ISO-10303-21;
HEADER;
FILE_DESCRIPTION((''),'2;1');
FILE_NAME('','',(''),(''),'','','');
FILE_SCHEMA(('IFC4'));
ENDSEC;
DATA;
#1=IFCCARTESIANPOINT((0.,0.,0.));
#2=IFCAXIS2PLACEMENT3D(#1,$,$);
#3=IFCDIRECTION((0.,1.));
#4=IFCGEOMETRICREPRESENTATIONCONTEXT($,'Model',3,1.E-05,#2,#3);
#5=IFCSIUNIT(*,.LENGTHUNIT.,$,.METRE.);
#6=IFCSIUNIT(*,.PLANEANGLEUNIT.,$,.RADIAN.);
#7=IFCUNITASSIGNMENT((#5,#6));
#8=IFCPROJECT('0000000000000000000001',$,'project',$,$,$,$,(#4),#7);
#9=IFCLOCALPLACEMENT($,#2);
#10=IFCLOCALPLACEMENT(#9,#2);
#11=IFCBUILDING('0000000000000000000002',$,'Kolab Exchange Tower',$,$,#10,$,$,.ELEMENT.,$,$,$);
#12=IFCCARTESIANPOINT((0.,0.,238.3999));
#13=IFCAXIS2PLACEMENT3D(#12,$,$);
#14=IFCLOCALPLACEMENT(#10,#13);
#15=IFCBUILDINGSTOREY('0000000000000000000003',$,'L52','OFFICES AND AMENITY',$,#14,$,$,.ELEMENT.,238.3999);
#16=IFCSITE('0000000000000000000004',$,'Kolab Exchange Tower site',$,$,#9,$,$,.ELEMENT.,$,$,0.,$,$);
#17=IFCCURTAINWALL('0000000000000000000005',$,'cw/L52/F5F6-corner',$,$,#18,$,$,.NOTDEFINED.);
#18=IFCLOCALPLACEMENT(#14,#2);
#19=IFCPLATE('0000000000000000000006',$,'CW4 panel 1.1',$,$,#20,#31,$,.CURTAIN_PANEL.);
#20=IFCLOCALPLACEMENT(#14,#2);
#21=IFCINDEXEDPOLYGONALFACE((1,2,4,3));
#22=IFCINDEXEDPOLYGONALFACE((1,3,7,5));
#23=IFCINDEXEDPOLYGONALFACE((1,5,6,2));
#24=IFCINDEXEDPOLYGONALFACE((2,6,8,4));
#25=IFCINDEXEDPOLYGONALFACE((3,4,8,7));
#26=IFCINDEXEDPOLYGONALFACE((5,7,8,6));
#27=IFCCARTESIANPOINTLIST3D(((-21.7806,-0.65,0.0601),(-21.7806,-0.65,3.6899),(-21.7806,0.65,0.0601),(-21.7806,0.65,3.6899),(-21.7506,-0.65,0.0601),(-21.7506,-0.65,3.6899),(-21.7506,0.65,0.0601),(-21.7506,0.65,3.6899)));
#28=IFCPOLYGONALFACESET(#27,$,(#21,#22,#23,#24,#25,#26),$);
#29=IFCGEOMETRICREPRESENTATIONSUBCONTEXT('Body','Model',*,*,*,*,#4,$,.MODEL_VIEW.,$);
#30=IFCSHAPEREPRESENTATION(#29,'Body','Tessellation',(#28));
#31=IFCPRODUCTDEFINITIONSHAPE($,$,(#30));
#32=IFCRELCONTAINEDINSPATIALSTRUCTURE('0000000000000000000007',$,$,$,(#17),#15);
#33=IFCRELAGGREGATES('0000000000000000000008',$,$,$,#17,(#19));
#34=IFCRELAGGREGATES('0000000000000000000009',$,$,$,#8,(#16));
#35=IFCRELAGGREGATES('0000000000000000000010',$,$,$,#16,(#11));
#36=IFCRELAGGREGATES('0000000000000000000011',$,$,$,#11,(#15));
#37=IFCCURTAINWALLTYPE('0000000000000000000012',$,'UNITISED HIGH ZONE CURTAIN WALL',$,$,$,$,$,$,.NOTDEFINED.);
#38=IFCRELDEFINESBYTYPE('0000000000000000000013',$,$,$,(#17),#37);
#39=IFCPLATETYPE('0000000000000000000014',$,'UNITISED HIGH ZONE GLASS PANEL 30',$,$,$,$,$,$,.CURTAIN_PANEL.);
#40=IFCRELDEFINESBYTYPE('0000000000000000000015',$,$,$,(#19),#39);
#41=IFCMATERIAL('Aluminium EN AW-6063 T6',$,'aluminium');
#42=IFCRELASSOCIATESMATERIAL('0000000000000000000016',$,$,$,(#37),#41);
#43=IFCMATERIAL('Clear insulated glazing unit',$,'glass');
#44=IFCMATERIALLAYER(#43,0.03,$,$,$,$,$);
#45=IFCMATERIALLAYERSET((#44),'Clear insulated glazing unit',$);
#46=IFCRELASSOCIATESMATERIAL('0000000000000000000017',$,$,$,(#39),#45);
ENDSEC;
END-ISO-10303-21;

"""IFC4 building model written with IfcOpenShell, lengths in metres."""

from ifc_helpers import new_model, si_unit, direction, frame, origin, origin_2d, place, context, subcontext, project, spatial, rectangle, extrude, material, layer, layer_set, type_object, element, aggregate, save


model = new_model("IFC4")

# Units and contexts
model_context = context("Model", 3, precision=1e-05, world=origin(), true_north=direction((0.0, 1.0)))
body_context = subcontext(model_context, "Body", "Model", "MODEL_VIEW")
ifc_project = project(units=[si_unit("LENGTHUNIT", "METRE"), si_unit("PLANEANGLEUNIT", "RADIAN")], contexts=[model_context])

# Site, building, storey
site_placement = place(None, origin())
site = spatial("IfcSite", under=ifc_project, at=site_placement, Name="Kolab Exchange Tower site", CompositionType="ELEMENT", RefElevation=0.0)
building_placement = place(site_placement, origin())
building = spatial("IfcBuilding", under=site, at=building_placement, Name="Kolab Exchange Tower", CompositionType="ELEMENT")
storey_placement = place(building_placement, frame((0.0, 0.0, 238.3999)))
storey = spatial("IfcBuildingStorey", under=building, at=storey_placement, Name="L52", Description="OFFICES AND AMENITY", CompositionType="ELEMENT", Elevation=238.3999)

# Shared definitions
ifc_material_1 = material(Name="Aluminium EN AW-6063 T6", Category="aluminium")
curtain_wall_type = type_object("IfcCurtainWallType", Name="UNITISED HIGH ZONE CURTAIN WALL", PredefinedType="NOTDEFINED", material=ifc_material_1)

# Curtain wall
curtain_wall_1_placement = place(storey_placement, origin())
curtain_wall_1 = element("IfcCurtainWall", 1, at=curtain_wall_1_placement, inside=storey, type_object=curtain_wall_type, Name="cw/L52/F5F6-corner", PredefinedType="NOTDEFINED")

# Plate
ifc_material_2 = material(Name="Clear insulated glazing unit", Category="glass")
ifc_layer = layer(ifc_material_2, 0.03)
ifc_layer_set = layer_set([ifc_layer], Name="Clear insulated glazing unit")
plate_type = type_object("IfcPlateType", Name="UNITISED HIGH ZONE GLASS PANEL 30", PredefinedType="CURTAIN_PANEL", material=ifc_layer_set)
plate_1_placement = place(storey_placement, frame((-21.7656, 0.0, 0.0601), z_axis=(0.0, 0.0, 1.0), x_axis=(0.0, 1.0, 0.0)))
plate_1 = element("IfcPlate", 2, at=plate_1_placement, type_object=plate_type, Name="CW4 panel 1.1", PredefinedType="CURTAIN_PANEL", context=body_context, shape_type="SweptSolid", body=[
    extrude(rectangle(XDim=1.3, YDim=0.03, at=origin_2d()), origin(), (0.0, 0.0, 1.0), 3.6299),
])
aggregate(curtain_wall_1, [plate_1])

save(model, "model.ifc")
